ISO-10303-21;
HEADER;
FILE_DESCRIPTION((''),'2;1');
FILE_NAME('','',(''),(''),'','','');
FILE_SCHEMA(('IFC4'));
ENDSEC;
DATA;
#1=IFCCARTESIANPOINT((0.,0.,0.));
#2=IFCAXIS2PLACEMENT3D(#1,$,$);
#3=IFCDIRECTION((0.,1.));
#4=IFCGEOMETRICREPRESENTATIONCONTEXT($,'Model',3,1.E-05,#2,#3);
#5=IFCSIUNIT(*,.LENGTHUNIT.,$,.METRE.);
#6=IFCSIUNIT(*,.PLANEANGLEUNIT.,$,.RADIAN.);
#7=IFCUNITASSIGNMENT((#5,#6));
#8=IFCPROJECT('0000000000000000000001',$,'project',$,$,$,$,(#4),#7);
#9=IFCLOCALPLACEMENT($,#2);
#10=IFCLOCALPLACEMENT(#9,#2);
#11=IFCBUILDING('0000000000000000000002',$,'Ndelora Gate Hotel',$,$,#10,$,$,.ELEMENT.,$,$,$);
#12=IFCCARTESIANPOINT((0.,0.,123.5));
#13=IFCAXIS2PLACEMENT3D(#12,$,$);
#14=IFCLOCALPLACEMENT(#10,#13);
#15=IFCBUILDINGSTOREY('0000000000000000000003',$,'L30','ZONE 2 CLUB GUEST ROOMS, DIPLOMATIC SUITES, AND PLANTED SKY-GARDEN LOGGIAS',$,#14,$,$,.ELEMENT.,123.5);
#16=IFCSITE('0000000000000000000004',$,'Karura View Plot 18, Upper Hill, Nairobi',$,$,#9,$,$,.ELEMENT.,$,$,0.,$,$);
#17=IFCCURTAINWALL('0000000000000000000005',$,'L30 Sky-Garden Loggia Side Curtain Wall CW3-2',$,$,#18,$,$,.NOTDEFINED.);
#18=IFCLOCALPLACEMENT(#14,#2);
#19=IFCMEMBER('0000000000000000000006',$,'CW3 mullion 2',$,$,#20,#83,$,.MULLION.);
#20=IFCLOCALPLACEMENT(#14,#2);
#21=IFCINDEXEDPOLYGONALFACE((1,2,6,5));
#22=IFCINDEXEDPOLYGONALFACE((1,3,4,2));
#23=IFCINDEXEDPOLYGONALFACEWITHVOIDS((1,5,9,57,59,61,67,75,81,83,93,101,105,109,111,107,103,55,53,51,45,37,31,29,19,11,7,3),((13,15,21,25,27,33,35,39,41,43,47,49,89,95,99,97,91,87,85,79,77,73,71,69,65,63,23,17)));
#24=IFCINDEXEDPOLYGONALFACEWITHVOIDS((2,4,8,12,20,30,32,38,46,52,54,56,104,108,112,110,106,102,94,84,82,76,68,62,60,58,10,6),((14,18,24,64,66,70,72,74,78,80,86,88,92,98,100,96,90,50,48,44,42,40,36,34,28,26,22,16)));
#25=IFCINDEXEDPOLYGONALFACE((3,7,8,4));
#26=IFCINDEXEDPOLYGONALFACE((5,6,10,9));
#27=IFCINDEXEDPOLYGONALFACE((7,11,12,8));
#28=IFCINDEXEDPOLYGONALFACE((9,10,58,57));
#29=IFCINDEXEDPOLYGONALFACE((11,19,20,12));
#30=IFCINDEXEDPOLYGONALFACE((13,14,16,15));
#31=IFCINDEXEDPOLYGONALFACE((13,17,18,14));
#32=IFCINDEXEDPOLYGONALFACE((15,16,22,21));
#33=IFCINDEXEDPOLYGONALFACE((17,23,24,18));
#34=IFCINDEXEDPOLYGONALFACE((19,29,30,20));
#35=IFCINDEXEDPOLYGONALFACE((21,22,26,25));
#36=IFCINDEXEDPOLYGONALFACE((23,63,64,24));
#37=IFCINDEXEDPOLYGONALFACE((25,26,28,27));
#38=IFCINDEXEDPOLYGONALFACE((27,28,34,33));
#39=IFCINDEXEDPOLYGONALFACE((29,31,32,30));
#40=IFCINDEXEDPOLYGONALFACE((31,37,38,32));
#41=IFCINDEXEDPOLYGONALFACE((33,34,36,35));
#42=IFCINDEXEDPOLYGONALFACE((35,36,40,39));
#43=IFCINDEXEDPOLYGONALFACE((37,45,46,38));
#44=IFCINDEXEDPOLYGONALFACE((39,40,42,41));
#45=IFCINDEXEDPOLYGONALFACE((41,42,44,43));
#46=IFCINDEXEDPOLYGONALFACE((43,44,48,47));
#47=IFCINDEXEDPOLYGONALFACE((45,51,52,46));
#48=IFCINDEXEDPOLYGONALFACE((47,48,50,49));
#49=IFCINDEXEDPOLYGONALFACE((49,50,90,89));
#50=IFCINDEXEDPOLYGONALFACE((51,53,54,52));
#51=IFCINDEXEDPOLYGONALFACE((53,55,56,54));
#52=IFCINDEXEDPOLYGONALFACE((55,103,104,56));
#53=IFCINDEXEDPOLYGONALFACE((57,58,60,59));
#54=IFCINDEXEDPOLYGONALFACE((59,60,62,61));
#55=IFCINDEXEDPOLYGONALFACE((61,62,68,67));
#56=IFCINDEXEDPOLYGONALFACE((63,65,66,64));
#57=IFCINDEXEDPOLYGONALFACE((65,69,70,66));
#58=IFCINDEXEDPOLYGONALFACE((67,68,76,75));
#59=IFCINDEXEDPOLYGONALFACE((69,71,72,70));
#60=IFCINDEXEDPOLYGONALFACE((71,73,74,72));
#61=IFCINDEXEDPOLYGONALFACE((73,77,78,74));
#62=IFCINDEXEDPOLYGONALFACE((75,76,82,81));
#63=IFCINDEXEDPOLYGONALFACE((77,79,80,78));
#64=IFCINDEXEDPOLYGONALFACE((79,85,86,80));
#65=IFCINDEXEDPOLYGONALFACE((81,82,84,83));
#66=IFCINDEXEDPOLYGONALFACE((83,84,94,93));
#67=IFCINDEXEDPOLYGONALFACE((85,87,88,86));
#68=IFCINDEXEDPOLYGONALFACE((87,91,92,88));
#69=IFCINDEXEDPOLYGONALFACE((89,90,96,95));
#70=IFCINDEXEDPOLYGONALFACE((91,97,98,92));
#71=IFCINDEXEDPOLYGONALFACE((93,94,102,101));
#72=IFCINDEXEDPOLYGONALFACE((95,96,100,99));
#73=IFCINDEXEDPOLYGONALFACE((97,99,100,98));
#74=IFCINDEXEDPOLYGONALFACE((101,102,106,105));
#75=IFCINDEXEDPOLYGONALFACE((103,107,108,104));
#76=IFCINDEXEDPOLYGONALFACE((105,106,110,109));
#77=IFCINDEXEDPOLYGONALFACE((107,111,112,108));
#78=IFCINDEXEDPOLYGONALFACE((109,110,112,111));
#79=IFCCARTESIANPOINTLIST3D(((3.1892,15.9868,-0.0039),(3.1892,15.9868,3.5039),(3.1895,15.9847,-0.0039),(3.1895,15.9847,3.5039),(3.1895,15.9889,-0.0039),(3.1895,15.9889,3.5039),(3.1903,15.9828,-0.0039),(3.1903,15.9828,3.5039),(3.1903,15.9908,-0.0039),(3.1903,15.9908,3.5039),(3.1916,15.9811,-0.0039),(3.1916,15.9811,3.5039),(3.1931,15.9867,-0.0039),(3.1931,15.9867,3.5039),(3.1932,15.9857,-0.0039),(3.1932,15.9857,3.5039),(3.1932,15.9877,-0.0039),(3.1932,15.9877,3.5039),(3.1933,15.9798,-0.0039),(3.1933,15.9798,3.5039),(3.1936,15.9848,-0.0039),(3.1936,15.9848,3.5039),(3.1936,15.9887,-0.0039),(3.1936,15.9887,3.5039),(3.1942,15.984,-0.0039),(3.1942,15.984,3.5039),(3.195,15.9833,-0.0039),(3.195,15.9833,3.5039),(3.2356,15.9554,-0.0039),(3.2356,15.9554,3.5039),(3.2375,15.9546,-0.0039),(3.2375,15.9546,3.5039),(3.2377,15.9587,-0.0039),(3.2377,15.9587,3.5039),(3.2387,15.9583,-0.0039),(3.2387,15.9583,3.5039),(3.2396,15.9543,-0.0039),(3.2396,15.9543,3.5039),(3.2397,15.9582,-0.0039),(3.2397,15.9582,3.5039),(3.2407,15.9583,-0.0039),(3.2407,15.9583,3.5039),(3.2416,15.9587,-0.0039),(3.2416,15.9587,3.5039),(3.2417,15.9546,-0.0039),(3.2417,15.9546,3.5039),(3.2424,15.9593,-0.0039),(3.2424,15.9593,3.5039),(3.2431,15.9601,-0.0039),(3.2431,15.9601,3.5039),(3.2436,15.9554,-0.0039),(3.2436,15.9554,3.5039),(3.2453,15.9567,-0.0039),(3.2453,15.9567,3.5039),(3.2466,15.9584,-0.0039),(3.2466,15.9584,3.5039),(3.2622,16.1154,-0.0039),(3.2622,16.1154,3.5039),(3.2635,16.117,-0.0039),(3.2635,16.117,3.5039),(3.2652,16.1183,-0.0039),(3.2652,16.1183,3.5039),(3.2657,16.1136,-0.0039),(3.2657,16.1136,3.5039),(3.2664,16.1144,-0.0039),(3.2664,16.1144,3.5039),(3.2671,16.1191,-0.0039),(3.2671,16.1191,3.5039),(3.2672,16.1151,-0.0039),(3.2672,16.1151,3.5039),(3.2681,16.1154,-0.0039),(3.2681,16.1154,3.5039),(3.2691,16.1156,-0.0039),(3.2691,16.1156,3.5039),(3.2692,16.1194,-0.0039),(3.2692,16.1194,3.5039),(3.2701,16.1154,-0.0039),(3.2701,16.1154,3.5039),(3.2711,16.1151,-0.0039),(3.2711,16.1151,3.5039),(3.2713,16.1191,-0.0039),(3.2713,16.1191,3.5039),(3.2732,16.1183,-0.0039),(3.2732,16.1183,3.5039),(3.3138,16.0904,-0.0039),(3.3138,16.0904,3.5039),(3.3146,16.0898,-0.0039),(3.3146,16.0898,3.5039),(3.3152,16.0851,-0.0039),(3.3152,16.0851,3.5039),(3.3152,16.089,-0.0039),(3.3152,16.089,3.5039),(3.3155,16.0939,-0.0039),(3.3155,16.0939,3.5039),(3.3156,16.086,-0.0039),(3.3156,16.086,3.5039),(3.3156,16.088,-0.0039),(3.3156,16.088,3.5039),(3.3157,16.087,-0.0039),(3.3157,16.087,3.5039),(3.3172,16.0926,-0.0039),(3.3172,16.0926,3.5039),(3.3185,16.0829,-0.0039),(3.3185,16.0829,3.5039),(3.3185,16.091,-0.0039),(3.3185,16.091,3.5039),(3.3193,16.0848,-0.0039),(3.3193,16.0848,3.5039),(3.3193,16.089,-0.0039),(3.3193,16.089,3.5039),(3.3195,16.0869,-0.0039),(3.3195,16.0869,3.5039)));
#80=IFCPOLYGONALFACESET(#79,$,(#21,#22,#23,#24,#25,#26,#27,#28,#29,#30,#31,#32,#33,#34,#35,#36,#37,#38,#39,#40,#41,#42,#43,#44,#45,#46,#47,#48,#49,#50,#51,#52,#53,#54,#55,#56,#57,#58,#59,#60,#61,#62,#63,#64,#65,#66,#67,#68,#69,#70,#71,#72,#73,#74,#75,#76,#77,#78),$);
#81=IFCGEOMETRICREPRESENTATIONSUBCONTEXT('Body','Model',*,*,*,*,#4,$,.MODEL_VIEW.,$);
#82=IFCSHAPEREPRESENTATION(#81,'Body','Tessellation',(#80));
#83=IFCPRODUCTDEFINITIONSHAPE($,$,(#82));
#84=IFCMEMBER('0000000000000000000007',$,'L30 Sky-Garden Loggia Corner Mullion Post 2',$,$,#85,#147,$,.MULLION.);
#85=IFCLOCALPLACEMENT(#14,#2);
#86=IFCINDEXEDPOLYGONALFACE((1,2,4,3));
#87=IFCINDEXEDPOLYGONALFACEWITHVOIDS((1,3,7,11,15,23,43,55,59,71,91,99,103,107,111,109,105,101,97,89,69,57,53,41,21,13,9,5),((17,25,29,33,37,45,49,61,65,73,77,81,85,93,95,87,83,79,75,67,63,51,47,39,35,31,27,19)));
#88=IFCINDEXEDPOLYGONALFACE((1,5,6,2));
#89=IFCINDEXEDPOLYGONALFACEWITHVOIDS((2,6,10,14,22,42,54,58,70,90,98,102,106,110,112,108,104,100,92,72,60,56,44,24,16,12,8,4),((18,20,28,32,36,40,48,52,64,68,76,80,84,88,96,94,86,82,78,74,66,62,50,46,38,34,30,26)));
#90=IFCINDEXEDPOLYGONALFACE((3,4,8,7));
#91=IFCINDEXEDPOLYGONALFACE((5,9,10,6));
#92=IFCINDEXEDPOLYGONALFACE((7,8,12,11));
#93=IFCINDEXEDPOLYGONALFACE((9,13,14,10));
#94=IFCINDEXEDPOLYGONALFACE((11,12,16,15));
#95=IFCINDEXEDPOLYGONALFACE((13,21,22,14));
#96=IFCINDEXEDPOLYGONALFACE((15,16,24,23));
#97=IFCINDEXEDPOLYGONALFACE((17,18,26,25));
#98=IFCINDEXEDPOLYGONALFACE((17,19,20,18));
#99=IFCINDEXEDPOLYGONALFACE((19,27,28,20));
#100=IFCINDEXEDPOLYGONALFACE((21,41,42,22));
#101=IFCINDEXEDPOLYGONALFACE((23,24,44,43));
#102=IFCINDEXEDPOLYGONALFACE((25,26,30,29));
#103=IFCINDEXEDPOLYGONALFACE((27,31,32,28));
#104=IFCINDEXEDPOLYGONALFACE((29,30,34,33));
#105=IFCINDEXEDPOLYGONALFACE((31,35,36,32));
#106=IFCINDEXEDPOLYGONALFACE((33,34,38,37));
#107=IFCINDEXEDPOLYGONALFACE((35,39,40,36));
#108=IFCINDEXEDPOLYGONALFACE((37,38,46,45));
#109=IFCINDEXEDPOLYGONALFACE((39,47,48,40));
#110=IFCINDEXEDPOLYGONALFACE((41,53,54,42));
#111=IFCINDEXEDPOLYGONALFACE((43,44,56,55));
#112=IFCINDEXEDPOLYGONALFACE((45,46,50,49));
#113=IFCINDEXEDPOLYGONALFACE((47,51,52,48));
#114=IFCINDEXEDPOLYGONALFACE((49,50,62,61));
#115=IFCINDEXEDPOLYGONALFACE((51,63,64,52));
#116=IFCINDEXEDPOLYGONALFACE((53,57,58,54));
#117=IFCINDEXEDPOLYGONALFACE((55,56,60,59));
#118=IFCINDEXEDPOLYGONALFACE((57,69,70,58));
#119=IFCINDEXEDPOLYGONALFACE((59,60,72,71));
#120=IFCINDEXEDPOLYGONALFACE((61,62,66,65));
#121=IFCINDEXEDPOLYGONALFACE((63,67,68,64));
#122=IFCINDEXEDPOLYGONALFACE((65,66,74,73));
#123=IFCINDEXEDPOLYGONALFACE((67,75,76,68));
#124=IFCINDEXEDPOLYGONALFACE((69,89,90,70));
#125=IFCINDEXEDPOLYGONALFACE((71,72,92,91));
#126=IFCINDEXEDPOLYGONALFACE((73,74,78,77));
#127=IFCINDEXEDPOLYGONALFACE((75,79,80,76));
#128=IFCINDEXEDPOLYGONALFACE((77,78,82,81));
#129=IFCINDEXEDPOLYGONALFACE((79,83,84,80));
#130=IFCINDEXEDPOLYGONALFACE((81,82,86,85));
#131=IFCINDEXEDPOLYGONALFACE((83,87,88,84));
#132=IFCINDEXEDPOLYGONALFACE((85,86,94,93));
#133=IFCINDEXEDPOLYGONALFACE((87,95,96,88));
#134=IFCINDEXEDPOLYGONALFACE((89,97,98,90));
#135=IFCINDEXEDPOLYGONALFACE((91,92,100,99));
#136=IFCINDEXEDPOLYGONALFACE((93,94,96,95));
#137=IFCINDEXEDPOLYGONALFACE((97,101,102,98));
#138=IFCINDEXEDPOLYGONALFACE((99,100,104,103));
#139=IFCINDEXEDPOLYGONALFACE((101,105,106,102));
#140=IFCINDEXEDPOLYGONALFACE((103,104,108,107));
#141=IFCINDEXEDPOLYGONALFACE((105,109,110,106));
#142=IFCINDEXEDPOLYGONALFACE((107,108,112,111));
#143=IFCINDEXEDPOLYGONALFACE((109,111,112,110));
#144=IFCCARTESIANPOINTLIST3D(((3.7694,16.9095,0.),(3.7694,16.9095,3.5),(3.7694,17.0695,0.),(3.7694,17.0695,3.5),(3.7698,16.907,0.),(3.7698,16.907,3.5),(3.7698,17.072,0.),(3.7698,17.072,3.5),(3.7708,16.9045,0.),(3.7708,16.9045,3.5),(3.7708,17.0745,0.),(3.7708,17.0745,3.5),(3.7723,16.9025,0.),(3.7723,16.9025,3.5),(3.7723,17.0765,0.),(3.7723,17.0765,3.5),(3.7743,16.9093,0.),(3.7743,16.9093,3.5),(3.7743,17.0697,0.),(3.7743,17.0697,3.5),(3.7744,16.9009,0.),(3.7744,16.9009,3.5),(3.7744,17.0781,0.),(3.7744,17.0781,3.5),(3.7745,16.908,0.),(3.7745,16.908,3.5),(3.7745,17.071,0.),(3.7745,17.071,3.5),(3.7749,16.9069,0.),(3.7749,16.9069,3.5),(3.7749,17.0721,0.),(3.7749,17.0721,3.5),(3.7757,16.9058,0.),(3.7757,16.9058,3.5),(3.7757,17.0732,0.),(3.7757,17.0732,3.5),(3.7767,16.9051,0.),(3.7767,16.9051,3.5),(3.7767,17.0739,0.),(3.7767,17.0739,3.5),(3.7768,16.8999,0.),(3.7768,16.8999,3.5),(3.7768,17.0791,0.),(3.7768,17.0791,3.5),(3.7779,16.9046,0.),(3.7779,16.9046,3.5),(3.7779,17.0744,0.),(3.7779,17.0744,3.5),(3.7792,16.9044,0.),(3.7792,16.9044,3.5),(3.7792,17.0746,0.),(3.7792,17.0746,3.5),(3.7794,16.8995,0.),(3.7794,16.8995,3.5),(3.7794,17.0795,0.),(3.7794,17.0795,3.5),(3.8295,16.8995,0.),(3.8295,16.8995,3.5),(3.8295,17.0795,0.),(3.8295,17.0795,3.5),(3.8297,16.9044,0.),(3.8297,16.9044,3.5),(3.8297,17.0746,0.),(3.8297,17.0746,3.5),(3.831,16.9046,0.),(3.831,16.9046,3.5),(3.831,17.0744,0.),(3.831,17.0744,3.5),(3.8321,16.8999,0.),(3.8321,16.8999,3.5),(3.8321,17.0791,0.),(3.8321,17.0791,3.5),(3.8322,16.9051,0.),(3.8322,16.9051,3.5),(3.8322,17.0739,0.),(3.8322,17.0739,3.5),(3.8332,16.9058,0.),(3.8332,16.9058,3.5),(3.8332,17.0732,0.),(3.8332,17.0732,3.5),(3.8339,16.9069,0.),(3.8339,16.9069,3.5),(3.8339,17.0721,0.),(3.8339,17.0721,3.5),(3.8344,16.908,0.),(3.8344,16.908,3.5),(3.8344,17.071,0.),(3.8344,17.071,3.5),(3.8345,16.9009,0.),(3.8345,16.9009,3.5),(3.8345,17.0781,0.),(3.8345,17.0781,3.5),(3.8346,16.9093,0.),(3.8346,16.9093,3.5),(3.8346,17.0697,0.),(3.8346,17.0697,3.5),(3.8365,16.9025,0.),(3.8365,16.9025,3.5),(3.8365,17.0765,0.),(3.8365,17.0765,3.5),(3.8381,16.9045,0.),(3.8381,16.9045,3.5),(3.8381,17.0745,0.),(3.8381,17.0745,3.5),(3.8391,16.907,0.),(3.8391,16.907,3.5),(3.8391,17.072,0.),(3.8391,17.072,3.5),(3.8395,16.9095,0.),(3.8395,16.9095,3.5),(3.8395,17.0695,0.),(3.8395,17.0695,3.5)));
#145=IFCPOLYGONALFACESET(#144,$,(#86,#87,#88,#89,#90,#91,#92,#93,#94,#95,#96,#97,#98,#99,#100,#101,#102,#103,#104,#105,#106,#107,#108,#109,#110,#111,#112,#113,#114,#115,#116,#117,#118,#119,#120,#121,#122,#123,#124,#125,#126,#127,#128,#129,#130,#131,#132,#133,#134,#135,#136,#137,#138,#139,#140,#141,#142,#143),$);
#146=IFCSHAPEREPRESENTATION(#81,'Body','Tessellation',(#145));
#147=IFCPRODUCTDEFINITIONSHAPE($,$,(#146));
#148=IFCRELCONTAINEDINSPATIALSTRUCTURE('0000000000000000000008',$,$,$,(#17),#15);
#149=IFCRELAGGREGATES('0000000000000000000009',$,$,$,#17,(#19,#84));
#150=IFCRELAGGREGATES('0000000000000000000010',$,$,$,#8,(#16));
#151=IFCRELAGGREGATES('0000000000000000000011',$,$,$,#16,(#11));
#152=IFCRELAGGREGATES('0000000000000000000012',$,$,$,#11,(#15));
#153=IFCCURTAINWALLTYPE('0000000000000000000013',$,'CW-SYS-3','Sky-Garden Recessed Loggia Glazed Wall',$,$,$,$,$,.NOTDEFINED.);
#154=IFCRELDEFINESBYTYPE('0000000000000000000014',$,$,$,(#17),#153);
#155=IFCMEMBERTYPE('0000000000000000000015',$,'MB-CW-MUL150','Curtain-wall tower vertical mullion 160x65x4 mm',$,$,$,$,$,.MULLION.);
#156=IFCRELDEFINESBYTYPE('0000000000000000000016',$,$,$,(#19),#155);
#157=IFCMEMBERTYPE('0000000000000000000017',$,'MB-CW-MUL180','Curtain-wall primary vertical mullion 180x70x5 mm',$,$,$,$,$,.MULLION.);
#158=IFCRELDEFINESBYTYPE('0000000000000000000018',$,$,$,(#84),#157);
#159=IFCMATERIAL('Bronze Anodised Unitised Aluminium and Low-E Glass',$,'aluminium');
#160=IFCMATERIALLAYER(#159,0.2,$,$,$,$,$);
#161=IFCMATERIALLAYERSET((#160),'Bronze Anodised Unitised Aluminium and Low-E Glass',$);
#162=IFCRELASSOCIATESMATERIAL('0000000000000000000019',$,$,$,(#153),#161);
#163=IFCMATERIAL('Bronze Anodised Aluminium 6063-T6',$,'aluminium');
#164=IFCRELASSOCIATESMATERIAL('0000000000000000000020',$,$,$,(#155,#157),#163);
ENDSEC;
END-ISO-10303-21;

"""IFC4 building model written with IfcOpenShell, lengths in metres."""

from ifc_helpers import new_model, si_unit, direction, frame, origin, origin_2d, place, context, subcontext, project, spatial, hollow_rectangle, extrude, material, layer, layer_set, material_profile, profile_set, type_object, element, aggregate, save


model = new_model("IFC4")

# Units and contexts
model_context = context("Model", 3, precision=1e-05, world=origin(), true_north=direction((0.0, 1.0)))
body_context = subcontext(model_context, "Body", "Model", "MODEL_VIEW")
ifc_project = project(units=[si_unit("LENGTHUNIT", "METRE"), si_unit("PLANEANGLEUNIT", "RADIAN")], contexts=[model_context])

# Site, building, storey
site_placement = place(None, origin())
site = spatial("IfcSite", under=ifc_project, at=site_placement, Name="Karura View Plot 18, Upper Hill, Nairobi", CompositionType="ELEMENT", RefElevation=0.0)
building_placement = place(site_placement, origin())
building = spatial("IfcBuilding", under=site, at=building_placement, Name="Ndelora Gate Hotel", CompositionType="ELEMENT")
storey_placement = place(building_placement, frame((0.0, 0.0, 123.5)))
storey = spatial("IfcBuildingStorey", under=building, at=storey_placement, Name="L30", Description="ZONE 2 CLUB GUEST ROOMS, DIPLOMATIC SUITES, AND PLANTED SKY-GARDEN LOGGIAS", CompositionType="ELEMENT", Elevation=123.5)

# Curtain wall, members
ifc_material_1 = material(Name="Bronze Anodised Unitised Aluminium and Low-E Glass", Category="aluminium")
ifc_layer_1 = layer(ifc_material_1, 0.2)
ifc_layer_set_1 = layer_set([ifc_layer_1], Name="Bronze Anodised Unitised Aluminium and Low-E Glass")
curtain_wall_type = type_object("IfcCurtainWallType", Name="CW-SYS-3", Description="Sky-Garden Recessed Loggia Glazed Wall", PredefinedType="NOTDEFINED", material=ifc_layer_set_1)
curtain_wall_placement = place(storey_placement, origin())
curtain_wall = element("IfcCurtainWall", 1, at=curtain_wall_placement, inside=storey, type_object=curtain_wall_type, Name="L30 Sky-Garden Loggia Side Curtain Wall CW3-2", PredefinedType="NOTDEFINED")
ifc_material_2 = material(Name="Bronze Anodised Aluminium 6063-T6", Category="aluminium")
ifc_material_profile_1 = material_profile(ifc_material_2, hollow_rectangle(XDim=0.0649, YDim=0.1599, WallThickness=0.0039, InnerFilletRadius=0.0039, OuterFilletRadius=0.0081, at=origin_2d()), Name="ALU 160x65x4")
ifc_profile_set_1 = profile_set([ifc_material_profile_1], Name="Bronze Anodised Aluminium 6063-T6")
member_type_1 = type_object("IfcMemberType", Name="MB-CW-MUL150", Description="Curtain-wall tower vertical mullion 160x65x4 mm", PredefinedType="MULLION", material=ifc_profile_set_1)
member_1_placement = place(storey_placement, frame((3.2544, 16.0369, -0.0039), z_axis=(0.0, 0.0, 1.0), x_axis=(0.866019, -0.500011, 0.0)))
member_1 = element("IfcMember", 2, at=member_1_placement, type_object=member_type_1, Name="CW3 mullion 2", PredefinedType="MULLION", context=body_context, shape_type="SweptSolid", body=[
    extrude(hollow_rectangle(XDim=0.0649, YDim=0.1599, WallThickness=0.0039, InnerFilletRadius=0.0039, OuterFilletRadius=0.0081, at=origin_2d()), origin(), (0.0, 0.0, 1.0), 3.5078),
])
ifc_material_profile_2 = material_profile(ifc_material_2, hollow_rectangle(XDim=0.0701, YDim=0.1799, WallThickness=0.0049, InnerFilletRadius=0.0049, OuterFilletRadius=0.01, at=origin_2d()), Name="ALU 180x70x5")
ifc_profile_set_2 = profile_set([ifc_material_profile_2], Name="Bronze Anodised Aluminium 6063-T6")
member_type_2 = type_object("IfcMemberType", Name="MB-CW-MUL180", Description="Curtain-wall primary vertical mullion 180x70x5 mm", PredefinedType="MULLION", material=ifc_profile_set_2)
member_2_placement = place(storey_placement, frame((3.8044, 16.9895, 0.0), z_axis=(0.0, 0.0, 1.0), x_axis=(1.0, 0.0, 0.0)))
member_2 = element("IfcMember", 3, at=member_2_placement, type_object=member_type_2, Name="L30 Sky-Garden Loggia Corner Mullion Post 2", PredefinedType="MULLION", context=body_context, shape_type="SweptSolid", body=[
    extrude(hollow_rectangle(XDim=0.0701, YDim=0.1799, WallThickness=0.0049, InnerFilletRadius=0.0049, OuterFilletRadius=0.01, at=origin_2d()), origin(), (0.0, 0.0, 1.0), 3.5),
])
aggregate(curtain_wall, [member_1, member_2])

save(model, "model.ifc")
